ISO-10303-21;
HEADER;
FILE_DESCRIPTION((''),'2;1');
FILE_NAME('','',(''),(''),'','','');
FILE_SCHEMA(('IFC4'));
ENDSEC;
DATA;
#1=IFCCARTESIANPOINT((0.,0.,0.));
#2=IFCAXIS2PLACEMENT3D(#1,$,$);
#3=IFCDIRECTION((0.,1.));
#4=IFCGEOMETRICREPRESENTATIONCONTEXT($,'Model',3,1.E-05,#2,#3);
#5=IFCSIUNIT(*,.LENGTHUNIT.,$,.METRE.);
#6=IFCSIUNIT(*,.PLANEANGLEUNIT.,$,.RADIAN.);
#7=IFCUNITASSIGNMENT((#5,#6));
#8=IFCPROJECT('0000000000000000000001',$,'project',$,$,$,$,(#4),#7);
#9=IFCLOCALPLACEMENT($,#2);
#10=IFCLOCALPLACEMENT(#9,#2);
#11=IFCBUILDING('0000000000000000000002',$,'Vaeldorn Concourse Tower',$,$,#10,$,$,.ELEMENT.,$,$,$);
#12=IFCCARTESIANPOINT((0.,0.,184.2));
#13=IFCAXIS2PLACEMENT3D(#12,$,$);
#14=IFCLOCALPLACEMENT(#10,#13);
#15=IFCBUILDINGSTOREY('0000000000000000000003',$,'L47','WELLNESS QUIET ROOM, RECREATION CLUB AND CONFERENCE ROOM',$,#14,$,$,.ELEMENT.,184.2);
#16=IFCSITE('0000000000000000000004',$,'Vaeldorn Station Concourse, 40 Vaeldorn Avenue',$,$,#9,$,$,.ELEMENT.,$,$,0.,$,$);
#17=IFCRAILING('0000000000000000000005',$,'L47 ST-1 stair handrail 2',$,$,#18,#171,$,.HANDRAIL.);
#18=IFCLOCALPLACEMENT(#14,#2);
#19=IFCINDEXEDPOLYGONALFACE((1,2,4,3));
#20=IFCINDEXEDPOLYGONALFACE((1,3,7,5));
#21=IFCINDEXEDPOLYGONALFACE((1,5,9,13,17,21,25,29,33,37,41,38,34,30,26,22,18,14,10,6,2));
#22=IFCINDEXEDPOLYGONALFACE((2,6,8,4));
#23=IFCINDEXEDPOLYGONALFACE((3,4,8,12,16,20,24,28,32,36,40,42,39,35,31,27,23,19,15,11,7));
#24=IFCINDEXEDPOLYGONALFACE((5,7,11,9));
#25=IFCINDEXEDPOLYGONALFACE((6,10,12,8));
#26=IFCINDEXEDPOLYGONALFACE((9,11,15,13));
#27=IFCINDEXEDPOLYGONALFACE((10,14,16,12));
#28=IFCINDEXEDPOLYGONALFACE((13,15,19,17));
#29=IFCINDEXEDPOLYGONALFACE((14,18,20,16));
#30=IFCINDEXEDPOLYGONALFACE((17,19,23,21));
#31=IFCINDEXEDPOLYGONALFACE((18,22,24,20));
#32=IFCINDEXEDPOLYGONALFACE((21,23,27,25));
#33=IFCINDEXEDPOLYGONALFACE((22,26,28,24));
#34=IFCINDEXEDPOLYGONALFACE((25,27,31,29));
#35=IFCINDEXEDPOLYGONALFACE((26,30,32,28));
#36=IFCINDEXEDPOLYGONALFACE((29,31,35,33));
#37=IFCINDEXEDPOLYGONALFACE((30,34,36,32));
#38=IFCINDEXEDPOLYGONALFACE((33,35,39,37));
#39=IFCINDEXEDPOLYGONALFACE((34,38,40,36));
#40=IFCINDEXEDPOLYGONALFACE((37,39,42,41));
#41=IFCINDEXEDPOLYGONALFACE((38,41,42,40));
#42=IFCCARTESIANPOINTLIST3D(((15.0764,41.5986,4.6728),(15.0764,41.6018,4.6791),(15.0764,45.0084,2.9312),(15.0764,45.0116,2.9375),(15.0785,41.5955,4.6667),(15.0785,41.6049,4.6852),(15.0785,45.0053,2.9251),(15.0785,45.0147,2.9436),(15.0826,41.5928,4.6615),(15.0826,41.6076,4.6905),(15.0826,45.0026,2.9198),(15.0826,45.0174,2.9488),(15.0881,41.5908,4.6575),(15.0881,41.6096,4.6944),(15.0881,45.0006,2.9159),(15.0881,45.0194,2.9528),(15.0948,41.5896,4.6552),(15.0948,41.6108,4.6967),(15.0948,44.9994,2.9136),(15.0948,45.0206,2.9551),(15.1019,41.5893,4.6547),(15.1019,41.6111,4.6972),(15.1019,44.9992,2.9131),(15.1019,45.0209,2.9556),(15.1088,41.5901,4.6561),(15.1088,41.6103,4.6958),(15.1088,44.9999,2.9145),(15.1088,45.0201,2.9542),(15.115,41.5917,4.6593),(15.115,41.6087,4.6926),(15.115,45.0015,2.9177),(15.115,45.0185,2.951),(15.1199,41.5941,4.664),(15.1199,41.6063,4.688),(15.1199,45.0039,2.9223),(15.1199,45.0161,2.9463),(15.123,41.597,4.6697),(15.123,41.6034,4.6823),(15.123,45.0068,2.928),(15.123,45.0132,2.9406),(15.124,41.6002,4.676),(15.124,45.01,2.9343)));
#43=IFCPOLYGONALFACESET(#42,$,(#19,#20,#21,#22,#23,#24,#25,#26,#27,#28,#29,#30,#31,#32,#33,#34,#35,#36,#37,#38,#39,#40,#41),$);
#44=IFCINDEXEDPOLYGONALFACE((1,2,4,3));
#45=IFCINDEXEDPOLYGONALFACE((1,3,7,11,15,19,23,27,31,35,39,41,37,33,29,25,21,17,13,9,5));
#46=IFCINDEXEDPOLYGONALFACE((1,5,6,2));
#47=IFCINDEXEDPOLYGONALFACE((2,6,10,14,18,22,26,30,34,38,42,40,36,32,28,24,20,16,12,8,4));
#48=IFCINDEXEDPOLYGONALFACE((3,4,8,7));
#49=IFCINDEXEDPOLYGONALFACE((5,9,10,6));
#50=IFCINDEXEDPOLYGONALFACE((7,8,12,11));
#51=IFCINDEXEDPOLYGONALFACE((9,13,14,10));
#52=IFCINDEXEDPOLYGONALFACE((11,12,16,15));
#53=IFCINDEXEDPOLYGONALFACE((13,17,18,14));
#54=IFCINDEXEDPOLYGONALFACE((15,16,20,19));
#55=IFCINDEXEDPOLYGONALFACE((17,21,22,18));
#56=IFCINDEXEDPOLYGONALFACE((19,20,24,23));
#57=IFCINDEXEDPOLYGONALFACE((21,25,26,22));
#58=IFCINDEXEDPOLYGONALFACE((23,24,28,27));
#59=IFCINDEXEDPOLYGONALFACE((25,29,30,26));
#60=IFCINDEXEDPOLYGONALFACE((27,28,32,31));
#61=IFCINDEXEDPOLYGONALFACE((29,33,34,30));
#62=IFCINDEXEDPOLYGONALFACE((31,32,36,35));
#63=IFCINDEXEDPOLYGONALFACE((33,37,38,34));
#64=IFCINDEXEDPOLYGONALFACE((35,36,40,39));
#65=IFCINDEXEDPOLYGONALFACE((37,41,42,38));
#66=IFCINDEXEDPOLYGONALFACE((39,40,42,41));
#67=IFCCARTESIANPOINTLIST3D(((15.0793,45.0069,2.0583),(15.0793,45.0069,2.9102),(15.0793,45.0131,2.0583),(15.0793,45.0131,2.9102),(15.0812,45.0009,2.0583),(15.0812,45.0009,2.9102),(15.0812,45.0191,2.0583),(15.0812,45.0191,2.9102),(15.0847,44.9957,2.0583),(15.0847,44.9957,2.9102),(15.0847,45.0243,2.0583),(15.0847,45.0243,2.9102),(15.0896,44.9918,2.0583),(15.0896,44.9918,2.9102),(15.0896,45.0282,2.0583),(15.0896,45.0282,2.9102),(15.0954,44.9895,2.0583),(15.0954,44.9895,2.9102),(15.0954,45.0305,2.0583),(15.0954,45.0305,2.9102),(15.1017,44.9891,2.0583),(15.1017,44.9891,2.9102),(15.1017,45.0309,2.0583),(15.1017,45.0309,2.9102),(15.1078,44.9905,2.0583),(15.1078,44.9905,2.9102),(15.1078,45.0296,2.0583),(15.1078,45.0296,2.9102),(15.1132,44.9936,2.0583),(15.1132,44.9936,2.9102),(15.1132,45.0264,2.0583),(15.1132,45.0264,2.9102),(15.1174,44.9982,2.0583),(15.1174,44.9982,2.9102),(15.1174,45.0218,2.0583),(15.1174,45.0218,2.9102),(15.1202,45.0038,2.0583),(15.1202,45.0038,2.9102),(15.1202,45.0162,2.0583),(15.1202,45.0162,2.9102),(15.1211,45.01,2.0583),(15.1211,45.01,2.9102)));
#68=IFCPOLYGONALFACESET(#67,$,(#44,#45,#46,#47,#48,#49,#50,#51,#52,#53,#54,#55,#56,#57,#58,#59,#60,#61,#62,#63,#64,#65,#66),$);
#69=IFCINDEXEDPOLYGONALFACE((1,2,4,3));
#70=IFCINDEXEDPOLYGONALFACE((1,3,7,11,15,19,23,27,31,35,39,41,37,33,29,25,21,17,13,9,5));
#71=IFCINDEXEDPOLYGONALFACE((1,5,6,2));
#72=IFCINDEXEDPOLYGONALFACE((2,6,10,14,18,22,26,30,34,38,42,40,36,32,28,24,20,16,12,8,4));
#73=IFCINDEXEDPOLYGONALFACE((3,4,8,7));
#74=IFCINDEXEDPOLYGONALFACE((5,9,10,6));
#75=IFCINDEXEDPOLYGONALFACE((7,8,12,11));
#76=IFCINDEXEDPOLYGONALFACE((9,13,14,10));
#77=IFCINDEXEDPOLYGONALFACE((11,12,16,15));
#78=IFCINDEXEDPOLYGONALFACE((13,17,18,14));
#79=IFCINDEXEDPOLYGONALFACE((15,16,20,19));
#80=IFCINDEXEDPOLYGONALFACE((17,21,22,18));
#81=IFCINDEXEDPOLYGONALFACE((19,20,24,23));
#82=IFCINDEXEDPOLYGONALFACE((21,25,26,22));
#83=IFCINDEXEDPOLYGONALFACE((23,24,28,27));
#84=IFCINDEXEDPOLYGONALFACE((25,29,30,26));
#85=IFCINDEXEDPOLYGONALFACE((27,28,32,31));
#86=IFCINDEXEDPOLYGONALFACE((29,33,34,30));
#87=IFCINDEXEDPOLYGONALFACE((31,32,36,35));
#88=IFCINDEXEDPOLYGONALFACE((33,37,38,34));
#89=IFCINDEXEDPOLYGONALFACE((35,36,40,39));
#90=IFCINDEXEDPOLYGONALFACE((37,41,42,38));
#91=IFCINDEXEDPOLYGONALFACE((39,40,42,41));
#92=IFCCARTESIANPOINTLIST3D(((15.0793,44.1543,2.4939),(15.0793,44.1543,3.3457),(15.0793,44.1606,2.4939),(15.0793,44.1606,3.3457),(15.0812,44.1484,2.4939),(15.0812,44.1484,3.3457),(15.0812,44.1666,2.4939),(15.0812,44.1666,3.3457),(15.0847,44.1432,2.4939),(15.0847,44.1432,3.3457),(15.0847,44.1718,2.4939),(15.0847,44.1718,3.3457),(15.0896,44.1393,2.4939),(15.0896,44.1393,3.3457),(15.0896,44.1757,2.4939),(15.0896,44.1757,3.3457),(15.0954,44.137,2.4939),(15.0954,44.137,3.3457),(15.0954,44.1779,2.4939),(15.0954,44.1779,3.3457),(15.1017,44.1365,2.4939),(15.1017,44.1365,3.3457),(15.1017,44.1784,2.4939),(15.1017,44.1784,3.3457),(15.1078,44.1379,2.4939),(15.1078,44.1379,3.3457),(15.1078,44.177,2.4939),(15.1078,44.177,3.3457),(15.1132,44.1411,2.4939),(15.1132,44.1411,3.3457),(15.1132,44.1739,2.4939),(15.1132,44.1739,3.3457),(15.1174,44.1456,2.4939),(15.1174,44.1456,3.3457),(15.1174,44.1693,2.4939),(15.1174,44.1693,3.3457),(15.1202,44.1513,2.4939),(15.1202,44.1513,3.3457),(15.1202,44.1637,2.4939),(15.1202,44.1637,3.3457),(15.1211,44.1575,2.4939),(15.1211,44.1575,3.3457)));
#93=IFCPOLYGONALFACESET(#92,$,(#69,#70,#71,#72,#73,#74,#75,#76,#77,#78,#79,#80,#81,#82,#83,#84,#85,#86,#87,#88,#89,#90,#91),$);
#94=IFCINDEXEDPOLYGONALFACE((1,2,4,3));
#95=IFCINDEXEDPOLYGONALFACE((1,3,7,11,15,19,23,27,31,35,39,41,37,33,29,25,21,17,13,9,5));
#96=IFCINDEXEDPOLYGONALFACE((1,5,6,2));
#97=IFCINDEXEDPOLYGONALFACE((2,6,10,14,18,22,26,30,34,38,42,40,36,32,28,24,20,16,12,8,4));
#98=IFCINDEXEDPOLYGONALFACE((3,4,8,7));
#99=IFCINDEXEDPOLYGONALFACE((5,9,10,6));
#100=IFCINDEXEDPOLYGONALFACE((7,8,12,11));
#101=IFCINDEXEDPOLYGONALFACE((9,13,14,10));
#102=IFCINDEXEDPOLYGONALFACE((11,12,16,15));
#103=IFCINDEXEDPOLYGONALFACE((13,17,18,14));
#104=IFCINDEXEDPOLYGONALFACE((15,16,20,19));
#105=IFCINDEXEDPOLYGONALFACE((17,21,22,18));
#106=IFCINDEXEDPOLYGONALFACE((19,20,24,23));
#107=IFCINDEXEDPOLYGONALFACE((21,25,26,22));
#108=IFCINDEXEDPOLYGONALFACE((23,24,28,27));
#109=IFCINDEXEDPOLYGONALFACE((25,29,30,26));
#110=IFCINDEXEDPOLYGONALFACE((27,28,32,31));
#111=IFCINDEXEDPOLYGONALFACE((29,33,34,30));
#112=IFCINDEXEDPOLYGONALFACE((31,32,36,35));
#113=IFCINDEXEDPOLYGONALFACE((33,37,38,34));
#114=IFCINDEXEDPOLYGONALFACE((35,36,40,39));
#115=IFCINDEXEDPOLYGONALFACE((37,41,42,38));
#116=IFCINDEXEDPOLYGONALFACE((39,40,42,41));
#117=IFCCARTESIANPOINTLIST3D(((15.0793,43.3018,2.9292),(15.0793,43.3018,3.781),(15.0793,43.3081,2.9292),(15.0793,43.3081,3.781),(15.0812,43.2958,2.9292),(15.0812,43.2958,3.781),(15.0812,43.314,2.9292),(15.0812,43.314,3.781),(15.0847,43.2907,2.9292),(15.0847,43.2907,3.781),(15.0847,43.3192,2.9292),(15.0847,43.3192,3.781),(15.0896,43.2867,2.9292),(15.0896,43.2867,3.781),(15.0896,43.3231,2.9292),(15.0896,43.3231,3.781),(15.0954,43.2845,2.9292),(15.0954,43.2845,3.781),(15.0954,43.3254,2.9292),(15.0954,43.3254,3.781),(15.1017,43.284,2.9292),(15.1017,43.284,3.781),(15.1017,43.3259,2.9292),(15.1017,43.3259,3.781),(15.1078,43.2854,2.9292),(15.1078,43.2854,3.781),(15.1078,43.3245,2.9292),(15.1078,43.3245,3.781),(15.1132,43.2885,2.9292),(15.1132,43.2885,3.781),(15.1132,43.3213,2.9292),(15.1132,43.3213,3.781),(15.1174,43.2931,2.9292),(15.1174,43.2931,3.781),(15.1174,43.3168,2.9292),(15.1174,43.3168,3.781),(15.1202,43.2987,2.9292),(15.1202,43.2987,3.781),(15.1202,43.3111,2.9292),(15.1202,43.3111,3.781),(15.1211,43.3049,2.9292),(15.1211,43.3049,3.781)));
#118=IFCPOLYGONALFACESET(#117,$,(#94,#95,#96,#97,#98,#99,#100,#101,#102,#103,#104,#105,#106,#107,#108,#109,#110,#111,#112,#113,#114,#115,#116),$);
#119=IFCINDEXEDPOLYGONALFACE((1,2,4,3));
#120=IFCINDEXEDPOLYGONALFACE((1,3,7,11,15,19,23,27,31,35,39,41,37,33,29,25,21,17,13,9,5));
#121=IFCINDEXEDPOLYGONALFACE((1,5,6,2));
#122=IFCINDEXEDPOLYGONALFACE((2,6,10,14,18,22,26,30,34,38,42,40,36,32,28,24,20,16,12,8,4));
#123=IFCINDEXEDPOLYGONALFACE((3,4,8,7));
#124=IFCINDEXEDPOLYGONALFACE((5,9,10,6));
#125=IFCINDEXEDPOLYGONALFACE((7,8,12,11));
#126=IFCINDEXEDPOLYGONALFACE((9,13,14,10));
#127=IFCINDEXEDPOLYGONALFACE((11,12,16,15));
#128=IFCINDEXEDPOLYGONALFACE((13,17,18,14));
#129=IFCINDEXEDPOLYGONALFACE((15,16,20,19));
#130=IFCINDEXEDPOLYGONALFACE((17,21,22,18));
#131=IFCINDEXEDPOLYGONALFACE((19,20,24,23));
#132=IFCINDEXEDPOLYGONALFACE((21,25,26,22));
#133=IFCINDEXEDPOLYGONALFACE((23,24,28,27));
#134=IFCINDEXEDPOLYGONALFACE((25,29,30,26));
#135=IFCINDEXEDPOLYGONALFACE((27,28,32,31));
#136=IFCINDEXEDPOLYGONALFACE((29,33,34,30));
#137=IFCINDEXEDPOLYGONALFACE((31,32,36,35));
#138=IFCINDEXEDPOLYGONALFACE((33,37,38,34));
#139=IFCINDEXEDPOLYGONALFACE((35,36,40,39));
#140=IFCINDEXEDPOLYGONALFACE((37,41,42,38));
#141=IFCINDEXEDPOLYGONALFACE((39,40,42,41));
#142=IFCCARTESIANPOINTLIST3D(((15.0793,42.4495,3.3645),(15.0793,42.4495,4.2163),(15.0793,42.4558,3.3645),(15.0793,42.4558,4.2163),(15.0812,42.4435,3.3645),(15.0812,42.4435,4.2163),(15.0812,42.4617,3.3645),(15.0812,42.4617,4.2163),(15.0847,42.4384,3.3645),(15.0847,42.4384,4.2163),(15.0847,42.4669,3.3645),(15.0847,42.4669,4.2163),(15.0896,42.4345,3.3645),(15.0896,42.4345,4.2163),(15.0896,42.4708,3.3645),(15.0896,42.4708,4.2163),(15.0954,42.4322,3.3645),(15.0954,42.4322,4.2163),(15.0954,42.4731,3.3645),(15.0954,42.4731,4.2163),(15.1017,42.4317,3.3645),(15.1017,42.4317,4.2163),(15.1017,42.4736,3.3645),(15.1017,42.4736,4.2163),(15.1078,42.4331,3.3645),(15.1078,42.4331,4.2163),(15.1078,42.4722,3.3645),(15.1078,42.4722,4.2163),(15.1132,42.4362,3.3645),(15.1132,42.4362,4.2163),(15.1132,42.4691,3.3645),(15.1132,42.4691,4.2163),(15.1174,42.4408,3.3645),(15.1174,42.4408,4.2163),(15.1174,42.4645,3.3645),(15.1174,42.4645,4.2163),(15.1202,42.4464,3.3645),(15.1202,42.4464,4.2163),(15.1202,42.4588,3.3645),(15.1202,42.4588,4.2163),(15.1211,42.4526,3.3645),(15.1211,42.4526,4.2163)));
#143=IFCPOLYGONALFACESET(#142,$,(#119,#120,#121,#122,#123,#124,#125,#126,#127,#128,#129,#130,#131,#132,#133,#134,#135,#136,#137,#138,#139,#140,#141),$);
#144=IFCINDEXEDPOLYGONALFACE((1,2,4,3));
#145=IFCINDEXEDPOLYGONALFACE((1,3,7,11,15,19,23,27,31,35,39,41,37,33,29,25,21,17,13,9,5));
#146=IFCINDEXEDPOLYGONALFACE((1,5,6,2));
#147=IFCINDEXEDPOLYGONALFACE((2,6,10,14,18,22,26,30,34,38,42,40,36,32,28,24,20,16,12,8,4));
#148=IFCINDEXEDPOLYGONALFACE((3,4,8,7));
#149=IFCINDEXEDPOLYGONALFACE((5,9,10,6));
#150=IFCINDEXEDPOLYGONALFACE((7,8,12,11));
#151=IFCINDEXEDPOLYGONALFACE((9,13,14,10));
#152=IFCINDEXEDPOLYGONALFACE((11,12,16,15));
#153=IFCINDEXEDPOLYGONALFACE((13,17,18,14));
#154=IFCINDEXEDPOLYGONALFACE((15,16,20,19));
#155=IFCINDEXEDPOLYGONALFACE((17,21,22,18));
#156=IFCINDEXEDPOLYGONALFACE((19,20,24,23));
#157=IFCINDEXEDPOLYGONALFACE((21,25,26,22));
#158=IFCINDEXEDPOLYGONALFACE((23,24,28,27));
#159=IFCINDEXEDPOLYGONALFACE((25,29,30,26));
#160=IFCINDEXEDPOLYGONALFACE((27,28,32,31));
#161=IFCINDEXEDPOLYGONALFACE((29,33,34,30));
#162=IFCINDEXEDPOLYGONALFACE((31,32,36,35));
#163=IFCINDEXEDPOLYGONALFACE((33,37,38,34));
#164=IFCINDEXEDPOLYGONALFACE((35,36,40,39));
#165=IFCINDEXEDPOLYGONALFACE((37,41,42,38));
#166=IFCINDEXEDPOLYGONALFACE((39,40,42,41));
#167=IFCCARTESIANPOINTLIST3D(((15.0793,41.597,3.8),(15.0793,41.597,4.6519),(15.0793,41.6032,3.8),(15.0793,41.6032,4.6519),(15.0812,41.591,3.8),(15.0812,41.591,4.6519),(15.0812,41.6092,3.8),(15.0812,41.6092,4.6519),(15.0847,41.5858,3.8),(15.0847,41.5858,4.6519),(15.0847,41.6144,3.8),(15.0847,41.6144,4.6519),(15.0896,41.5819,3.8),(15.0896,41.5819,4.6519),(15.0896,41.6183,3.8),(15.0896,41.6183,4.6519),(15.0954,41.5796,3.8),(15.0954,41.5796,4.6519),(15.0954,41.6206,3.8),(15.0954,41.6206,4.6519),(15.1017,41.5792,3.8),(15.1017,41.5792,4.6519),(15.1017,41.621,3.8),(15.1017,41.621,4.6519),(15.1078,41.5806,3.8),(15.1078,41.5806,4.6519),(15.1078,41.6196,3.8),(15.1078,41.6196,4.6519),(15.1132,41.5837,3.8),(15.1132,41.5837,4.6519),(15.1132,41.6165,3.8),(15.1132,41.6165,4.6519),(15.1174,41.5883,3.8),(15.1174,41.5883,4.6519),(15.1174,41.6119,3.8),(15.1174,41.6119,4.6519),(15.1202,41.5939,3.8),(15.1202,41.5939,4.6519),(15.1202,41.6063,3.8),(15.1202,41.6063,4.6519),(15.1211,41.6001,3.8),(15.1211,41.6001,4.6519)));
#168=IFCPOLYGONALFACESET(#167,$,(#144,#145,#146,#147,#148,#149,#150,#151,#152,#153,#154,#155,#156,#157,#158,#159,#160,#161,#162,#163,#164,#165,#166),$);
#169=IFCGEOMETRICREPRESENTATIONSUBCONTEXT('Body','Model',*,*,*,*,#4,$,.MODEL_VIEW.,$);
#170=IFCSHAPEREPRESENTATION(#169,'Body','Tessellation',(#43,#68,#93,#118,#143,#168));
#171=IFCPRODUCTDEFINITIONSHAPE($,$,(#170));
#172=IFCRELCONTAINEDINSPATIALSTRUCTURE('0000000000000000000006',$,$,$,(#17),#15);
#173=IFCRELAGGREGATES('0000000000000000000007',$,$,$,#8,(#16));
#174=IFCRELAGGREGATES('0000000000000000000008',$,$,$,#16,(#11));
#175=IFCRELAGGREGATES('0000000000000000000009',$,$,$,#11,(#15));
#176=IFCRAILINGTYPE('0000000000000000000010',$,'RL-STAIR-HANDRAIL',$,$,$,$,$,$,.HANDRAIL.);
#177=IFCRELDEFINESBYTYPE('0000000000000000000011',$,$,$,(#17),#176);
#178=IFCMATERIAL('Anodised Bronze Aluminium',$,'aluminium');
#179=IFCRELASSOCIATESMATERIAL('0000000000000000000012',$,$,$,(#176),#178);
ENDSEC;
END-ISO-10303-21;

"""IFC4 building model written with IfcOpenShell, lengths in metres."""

from ifc_helpers import new_model, si_unit, direction, frame, origin, origin_2d, place, context, subcontext, project, spatial, circle, extrude, material, type_object, element, save


model = new_model("IFC4")

# Units and contexts
model_context = context("Model", 3, precision=1e-05, world=origin(), true_north=direction((0.0, 1.0)))
body_context = subcontext(model_context, "Body", "Model", "MODEL_VIEW")
ifc_project = project(units=[si_unit("LENGTHUNIT", "METRE"), si_unit("PLANEANGLEUNIT", "RADIAN")], contexts=[model_context])

# Site, building, storey
site_placement = place(None, origin())
site = spatial("IfcSite", under=ifc_project, at=site_placement, Name="Vaeldorn Station Concourse, 40 Vaeldorn Avenue", CompositionType="ELEMENT", RefElevation=0.0)
building_placement = place(site_placement, origin())
building = spatial("IfcBuilding", under=site, at=building_placement, Name="Vaeldorn Concourse Tower", CompositionType="ELEMENT")
storey_placement = place(building_placement, frame((0.0, 0.0, 184.2)))
storey = spatial("IfcBuildingStorey", under=building, at=storey_placement, Name="L47", Description="WELLNESS QUIET ROOM, RECREATION CLUB AND CONFERENCE ROOM", CompositionType="ELEMENT", Elevation=184.2)

# Shared definitions
ifc_material_1 = material(Name="Anodised Bronze Aluminium", Category="aluminium")

# Railing
railing_type_1 = type_object("IfcRailingType", Name="RL-STAIR-HANDRAIL", PredefinedType="HANDRAIL", material=ifc_material_1)
railing_1_placement = place(storey_placement, frame((15.1001, 45.01, 2.0583)))
element("IfcRailing", 1, at=railing_1_placement, inside=storey, type_object=railing_type_1, Name="L47 ST-1 stair handrail 2", PredefinedType="HANDRAIL", context=body_context, shape_type="SweptSolid", body=[
    extrude(circle(Radius=0.0239, at=origin_2d()), frame((0.0, 0.0, 0.876), z_axis=(0.0, -0.890556, 0.454874), x_axis=(1.0, 0.0, 0.0)), (0.0, 0.0, 1.0), 3.8289),
    extrude(circle(Radius=0.021, at=origin_2d()), origin(), (0.0, 0.0, 1.0), 0.8518),
    extrude(circle(Radius=0.021, at=origin_2d()), frame((0.0, -0.8525, 0.4355)), (0.0, 0.0, 1.0), 0.8518),
    extrude(circle(Radius=0.021, at=origin_2d()), frame((0.0, -1.7051, 0.8708)), (0.0, 0.0, 1.0), 0.8518),
    extrude(circle(Radius=0.021, at=origin_2d()), frame((0.0, -2.5574, 1.3062)), (0.0, 0.0, 1.0), 0.8518),
    extrude(circle(Radius=0.021, at=origin_2d()), frame((0.0, -3.4099, 1.7417)), (0.0, 0.0, 1.0), 0.8518),
])

save(model, "model.ifc")
